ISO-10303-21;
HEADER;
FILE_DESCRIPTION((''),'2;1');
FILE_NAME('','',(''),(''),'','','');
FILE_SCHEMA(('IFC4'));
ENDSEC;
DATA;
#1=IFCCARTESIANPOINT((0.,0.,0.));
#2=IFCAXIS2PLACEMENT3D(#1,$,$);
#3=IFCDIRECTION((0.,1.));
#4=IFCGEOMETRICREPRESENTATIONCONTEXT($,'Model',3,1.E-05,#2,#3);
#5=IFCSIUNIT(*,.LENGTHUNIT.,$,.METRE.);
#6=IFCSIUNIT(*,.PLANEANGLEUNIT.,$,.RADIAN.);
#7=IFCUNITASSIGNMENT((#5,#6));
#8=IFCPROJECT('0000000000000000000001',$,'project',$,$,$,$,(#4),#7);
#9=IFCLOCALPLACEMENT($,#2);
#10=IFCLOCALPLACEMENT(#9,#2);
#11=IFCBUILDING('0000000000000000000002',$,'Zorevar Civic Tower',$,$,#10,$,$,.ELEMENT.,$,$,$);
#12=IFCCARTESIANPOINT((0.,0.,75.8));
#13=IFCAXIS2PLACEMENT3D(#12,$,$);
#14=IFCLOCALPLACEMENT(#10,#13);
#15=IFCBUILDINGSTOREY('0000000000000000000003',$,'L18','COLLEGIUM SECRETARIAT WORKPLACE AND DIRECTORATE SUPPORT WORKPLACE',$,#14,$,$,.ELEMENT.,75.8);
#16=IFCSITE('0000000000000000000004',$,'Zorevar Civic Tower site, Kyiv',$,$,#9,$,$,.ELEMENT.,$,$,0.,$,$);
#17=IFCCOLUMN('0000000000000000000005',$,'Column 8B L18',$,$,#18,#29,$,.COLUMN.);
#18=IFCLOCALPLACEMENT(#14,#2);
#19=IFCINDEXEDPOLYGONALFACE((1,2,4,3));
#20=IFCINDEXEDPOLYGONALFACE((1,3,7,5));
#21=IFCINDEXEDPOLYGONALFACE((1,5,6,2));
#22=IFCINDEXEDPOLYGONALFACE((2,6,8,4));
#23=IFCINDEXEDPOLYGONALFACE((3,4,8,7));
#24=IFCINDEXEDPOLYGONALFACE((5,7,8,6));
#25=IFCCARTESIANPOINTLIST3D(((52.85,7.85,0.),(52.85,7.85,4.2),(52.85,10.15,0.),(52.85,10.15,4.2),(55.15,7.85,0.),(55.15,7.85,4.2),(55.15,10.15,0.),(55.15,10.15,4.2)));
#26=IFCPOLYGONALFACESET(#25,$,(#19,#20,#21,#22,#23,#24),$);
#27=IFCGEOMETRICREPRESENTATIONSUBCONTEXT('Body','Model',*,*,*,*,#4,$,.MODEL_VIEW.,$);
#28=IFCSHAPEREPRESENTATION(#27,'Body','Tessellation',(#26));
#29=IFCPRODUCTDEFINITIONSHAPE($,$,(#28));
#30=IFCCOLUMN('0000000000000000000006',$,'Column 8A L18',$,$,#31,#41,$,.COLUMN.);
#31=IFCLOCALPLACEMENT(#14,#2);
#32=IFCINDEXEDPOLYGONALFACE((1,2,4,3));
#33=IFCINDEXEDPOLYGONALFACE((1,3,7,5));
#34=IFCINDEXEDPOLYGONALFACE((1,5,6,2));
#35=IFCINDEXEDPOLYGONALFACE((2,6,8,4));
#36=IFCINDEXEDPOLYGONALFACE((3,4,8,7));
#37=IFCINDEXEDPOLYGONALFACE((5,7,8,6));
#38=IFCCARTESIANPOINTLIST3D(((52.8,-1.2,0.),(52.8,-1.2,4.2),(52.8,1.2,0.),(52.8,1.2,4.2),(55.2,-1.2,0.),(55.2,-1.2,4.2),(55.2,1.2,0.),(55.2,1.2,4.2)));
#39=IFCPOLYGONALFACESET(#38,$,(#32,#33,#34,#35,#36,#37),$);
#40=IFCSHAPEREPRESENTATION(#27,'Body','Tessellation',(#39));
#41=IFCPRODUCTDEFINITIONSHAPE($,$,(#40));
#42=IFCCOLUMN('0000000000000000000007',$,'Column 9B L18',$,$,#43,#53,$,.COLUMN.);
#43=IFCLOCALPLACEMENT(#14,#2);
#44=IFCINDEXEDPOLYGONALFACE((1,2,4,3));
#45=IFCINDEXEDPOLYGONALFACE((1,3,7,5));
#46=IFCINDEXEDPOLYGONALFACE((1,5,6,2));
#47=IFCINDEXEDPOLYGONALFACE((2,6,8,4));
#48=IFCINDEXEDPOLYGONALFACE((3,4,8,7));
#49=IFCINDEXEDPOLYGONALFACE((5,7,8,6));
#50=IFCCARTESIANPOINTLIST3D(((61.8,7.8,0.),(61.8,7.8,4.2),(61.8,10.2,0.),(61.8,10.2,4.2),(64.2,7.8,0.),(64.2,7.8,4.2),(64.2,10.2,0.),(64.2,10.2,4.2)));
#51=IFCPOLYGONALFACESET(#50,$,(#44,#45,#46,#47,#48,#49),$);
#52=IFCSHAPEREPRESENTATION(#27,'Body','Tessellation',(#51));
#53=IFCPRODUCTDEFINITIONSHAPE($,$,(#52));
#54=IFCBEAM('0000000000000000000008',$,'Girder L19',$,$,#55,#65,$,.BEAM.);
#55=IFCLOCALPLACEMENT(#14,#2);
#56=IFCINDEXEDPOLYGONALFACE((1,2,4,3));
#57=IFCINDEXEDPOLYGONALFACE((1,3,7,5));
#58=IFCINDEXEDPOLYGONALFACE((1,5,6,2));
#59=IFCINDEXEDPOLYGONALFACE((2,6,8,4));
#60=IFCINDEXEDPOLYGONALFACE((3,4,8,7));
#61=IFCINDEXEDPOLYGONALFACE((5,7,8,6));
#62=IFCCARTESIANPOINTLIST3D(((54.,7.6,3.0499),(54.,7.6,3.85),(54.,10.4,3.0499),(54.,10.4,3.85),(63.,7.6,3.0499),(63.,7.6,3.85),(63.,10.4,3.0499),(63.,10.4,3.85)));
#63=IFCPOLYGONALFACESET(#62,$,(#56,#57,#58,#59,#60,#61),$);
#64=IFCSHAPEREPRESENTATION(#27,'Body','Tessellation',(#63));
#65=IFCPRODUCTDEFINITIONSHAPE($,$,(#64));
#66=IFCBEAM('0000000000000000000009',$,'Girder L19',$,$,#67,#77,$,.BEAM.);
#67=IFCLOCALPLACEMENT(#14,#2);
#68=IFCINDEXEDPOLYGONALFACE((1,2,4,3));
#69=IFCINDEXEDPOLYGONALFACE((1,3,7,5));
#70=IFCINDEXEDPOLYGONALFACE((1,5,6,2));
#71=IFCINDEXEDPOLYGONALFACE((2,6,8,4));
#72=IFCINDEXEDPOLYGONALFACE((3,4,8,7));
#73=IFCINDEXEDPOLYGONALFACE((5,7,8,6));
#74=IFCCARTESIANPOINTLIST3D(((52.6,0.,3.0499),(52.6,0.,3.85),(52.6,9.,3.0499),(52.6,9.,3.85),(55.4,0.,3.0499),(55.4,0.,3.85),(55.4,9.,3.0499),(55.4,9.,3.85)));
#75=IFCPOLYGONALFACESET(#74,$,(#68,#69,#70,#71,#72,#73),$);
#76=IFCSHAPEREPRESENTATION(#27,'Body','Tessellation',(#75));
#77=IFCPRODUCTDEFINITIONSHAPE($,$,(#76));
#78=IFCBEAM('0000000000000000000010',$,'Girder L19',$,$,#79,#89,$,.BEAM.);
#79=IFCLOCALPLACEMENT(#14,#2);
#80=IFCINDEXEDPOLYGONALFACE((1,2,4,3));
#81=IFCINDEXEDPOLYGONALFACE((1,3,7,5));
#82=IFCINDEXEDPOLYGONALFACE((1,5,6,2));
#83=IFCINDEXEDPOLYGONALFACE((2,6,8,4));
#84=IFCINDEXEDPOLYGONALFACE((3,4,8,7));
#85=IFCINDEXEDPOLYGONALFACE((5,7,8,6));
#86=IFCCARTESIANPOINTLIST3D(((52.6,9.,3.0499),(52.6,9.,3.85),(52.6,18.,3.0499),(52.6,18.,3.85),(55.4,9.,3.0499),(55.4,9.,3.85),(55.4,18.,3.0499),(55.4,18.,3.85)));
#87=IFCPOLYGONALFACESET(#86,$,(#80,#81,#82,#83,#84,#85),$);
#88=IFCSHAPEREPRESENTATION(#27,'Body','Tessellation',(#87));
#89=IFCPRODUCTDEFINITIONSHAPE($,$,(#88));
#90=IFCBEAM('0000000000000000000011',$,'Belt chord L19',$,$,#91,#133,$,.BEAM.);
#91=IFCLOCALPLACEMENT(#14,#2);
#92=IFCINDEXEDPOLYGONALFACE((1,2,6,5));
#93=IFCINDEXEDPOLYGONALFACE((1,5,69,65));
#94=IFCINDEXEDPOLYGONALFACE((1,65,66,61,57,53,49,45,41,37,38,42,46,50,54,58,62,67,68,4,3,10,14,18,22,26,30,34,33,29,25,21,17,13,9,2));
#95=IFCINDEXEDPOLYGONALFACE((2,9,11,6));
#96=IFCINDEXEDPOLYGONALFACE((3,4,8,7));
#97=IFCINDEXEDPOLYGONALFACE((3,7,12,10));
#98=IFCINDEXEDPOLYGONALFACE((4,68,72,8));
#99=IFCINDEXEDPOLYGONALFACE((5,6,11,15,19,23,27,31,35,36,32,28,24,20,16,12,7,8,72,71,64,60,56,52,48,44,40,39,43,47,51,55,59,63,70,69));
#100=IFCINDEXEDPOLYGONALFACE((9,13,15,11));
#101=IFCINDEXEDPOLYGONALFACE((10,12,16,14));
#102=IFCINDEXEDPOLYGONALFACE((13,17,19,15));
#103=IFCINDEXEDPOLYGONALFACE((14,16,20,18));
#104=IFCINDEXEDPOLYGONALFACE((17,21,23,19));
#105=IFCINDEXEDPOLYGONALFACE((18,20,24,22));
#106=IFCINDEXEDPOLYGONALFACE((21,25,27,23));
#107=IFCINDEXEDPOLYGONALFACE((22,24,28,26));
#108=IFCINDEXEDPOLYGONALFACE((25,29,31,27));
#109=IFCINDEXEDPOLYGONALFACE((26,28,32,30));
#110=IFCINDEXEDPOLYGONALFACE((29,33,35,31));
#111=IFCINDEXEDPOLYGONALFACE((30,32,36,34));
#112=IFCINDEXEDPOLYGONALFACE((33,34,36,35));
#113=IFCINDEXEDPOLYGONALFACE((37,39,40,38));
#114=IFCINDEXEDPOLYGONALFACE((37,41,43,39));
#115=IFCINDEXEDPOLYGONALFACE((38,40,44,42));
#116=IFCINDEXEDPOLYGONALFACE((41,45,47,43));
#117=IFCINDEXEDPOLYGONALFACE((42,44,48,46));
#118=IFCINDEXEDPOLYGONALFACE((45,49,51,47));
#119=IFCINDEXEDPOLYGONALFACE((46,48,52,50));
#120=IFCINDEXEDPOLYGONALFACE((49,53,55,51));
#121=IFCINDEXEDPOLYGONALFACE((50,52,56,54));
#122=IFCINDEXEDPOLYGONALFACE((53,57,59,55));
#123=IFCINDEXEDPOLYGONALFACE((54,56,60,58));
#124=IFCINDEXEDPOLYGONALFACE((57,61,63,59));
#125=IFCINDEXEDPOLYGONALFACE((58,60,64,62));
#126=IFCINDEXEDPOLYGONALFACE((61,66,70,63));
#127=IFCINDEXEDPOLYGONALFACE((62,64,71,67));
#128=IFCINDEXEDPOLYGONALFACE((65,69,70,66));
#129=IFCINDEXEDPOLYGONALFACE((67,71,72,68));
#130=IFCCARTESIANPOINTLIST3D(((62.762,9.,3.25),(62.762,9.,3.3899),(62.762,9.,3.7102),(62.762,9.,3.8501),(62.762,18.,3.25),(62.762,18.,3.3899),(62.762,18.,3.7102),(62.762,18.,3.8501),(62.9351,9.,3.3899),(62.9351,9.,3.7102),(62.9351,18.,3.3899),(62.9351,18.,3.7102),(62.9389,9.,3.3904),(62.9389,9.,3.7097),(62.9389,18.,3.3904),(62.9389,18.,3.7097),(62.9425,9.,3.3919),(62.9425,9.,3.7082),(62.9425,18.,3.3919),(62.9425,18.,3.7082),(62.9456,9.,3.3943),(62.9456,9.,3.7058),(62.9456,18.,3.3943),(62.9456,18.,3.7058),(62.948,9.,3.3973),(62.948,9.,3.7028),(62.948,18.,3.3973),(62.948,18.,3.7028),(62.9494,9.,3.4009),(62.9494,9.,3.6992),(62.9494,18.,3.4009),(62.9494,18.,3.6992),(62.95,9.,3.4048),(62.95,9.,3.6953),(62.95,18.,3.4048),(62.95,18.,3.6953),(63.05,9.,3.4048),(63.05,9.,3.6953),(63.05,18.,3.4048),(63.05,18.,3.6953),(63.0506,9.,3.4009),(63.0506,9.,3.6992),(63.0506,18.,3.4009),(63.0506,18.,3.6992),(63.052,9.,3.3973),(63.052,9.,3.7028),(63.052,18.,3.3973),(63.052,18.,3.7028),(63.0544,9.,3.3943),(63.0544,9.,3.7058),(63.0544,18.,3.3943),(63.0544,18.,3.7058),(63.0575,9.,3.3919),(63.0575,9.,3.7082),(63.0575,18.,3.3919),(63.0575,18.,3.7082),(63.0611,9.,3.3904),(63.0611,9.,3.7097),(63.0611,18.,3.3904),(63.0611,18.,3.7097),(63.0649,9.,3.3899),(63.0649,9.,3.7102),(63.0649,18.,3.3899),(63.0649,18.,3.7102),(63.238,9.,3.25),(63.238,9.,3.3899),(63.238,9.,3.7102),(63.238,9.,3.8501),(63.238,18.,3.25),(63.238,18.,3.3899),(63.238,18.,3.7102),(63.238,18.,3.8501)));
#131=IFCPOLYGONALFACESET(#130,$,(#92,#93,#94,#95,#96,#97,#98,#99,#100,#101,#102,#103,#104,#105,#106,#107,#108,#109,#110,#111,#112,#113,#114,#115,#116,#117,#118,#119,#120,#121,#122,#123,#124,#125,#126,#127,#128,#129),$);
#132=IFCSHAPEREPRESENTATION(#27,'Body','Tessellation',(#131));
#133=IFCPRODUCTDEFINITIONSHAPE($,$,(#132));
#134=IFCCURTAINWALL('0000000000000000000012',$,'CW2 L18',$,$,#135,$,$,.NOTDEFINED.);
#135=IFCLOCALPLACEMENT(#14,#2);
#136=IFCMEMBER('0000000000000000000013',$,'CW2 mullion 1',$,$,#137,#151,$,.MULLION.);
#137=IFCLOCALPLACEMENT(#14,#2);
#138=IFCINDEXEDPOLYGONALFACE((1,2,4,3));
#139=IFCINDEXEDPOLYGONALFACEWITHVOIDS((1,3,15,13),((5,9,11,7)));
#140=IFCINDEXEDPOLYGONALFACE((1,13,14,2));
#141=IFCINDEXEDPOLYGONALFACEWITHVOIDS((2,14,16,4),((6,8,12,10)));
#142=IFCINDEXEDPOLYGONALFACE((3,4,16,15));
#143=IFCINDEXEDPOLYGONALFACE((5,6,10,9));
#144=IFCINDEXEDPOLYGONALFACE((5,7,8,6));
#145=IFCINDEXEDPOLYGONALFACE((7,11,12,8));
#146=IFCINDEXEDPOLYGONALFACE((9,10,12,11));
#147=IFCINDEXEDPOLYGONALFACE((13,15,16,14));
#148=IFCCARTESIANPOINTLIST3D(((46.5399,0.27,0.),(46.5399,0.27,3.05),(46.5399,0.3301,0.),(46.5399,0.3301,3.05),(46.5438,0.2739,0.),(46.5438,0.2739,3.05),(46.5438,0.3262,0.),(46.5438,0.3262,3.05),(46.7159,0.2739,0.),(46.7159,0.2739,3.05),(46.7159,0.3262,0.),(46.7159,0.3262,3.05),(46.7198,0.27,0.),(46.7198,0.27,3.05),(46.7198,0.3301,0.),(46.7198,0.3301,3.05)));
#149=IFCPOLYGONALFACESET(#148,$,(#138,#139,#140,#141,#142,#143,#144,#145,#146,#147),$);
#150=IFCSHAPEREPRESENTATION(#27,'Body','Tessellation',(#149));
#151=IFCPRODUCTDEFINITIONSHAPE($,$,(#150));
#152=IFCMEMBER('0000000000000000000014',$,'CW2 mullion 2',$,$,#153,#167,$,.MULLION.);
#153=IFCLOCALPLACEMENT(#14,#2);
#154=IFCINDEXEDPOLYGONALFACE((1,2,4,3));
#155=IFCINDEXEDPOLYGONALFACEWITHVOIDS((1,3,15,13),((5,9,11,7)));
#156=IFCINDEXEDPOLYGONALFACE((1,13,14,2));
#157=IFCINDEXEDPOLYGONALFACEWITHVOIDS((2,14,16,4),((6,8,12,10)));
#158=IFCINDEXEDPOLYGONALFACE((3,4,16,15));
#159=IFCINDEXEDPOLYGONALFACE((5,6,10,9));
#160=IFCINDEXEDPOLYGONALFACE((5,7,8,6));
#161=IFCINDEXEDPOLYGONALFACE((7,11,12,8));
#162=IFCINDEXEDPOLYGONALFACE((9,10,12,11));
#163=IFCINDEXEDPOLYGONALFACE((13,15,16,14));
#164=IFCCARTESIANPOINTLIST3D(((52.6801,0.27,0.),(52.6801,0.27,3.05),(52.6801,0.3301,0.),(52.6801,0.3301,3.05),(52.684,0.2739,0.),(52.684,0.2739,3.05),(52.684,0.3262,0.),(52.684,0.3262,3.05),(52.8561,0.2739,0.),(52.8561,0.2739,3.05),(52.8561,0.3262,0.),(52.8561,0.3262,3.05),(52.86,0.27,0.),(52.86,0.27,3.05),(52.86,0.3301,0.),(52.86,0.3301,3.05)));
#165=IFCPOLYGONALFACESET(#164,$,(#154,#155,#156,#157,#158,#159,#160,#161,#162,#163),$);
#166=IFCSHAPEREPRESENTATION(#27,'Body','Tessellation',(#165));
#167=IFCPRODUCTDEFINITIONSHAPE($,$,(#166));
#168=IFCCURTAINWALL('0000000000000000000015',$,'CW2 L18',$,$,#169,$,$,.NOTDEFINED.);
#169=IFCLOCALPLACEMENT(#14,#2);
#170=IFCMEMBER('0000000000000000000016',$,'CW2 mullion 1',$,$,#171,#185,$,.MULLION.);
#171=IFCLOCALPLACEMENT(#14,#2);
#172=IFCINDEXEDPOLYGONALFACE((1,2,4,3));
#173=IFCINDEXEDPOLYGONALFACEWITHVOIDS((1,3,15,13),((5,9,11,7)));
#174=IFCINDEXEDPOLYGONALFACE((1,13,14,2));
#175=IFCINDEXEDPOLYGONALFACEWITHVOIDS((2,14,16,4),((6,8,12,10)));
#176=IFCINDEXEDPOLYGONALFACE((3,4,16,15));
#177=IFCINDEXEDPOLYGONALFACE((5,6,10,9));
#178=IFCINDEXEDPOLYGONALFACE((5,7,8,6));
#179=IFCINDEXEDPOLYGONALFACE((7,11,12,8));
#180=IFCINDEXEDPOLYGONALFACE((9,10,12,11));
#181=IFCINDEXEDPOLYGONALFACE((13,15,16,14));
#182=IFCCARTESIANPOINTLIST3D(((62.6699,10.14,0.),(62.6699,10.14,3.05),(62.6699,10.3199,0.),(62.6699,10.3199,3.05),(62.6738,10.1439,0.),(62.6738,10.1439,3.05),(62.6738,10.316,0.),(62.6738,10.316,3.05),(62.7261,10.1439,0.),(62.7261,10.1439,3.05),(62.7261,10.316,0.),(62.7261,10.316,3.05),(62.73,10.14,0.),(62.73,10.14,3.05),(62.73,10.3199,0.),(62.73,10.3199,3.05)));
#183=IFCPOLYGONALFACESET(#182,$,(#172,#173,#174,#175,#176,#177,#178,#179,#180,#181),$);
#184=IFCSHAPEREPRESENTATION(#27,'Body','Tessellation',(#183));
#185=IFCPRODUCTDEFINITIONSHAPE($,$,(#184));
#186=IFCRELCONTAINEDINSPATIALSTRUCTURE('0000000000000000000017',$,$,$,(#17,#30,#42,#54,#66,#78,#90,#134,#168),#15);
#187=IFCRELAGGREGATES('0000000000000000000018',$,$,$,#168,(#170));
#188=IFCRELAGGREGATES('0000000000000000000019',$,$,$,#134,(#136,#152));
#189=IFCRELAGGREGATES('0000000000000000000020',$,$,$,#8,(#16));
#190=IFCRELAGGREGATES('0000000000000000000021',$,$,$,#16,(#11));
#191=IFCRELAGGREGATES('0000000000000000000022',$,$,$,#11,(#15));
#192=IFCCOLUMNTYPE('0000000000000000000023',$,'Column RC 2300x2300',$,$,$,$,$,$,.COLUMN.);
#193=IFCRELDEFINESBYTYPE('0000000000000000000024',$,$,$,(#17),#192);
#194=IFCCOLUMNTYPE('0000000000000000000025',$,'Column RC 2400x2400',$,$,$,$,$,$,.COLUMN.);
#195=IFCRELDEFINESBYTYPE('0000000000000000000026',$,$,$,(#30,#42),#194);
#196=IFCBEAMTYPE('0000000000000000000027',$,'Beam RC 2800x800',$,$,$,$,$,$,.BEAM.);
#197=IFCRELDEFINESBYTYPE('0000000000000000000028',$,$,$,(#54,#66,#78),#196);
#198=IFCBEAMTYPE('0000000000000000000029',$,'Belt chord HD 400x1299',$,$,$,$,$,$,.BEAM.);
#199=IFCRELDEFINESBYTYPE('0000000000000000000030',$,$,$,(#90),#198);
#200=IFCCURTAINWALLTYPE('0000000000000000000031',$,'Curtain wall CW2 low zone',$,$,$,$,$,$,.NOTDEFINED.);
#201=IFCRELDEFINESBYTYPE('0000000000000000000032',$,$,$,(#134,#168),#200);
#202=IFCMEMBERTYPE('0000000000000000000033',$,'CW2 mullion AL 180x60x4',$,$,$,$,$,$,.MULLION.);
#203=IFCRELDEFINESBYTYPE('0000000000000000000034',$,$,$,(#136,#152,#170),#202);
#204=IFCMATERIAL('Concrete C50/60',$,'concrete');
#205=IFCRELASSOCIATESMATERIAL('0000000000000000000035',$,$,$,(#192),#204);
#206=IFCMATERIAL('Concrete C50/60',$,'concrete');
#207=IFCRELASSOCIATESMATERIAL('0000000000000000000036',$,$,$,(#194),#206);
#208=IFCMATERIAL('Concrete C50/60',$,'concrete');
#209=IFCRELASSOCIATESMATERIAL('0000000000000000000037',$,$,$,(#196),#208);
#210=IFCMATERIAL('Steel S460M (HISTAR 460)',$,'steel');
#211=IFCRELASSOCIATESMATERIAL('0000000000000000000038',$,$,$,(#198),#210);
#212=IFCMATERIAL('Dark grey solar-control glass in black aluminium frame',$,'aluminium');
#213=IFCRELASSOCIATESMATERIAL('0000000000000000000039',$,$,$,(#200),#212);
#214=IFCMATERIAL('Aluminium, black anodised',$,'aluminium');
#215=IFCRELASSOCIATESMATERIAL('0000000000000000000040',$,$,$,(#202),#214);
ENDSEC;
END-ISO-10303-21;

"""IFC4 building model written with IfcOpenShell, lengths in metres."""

from ifc_helpers import new_model, si_unit, direction, frame, origin, origin_2d, place, context, subcontext, project, spatial, rectangle, hollow_rectangle, i_section, extrude, material, material_profile, profile_set, type_object, element, aggregate, save


model = new_model("IFC4")

# Units and contexts
model_context = context("Model", 3, precision=1e-05, world=origin(), true_north=direction((0.0, 1.0)))
body_context = subcontext(model_context, "Body", "Model", "MODEL_VIEW")
ifc_project = project(units=[si_unit("LENGTHUNIT", "METRE"), si_unit("PLANEANGLEUNIT", "RADIAN")], contexts=[model_context])

# Site, building, storey
site_placement = place(None, origin())
site = spatial("IfcSite", under=ifc_project, at=site_placement, Name="Zorevar Civic Tower site, Kyiv", CompositionType="ELEMENT", RefElevation=0.0)
building_placement = place(site_placement, origin())
building = spatial("IfcBuilding", under=site, at=building_placement, Name="Zorevar Civic Tower", CompositionType="ELEMENT")
storey_placement = place(building_placement, frame((0.0, 0.0, 75.8)))
storey = spatial("IfcBuildingStorey", under=building, at=storey_placement, Name="L18", Description="COLLEGIUM SECRETARIAT WORKPLACE AND DIRECTORATE SUPPORT WORKPLACE", CompositionType="ELEMENT", Elevation=75.8)

# Columns
ifc_material_1 = material(Name="Concrete C50/60", Category="concrete")
ifc_material_profile_1 = material_profile(ifc_material_1, rectangle(XDim=2.3, YDim=2.3, at=origin_2d()), Name="RC 2300x2300")
ifc_profile_set_1 = profile_set([ifc_material_profile_1], Name="Concrete C50/60")
column_type_1 = type_object("IfcColumnType", Name="Column RC 2300x2300", PredefinedType="COLUMN", material=ifc_profile_set_1)
column_placement = place(storey_placement, frame((54.0, 9.0, 0.0), z_axis=(0.0, 0.0, 1.0), x_axis=(1.0, 0.0, 0.0)))
element("IfcColumn", 1, at=column_placement, inside=storey, type_object=column_type_1, Name="Column 8B L18", PredefinedType="COLUMN", context=body_context, shape_type="SweptSolid", body=[
    extrude(rectangle(XDim=2.3, YDim=2.3, at=origin_2d()), origin(), (0.0, 0.0, 1.0), 4.2),
])
ifc_material_2 = material(Name="Concrete C50/60", Category="concrete")
ifc_material_profile_2 = material_profile(ifc_material_2, rectangle(XDim=2.3999, YDim=2.3999, at=origin_2d()), Name="RC 2400x2400")
ifc_profile_set_2 = profile_set([ifc_material_profile_2], Name="Concrete C50/60")
column_type_2 = type_object("IfcColumnType", Name="Column RC 2400x2400", PredefinedType="COLUMN", material=ifc_profile_set_2)
for number, where, z_axis, x_axis, name in (
    (2, (54.0, 0.0, 0.0), (0.0, 0.0, 1.0), (1.0, 0.0, 0.0), "Column 8A L18"),
    (3, (63.0, 9.0, 0.0), (0.0, 0.0, 1.0), (1.0, 0.0, 0.0), "Column 9B L18"),
):
    element("IfcColumn", number, at=place(storey_placement, frame(where, z_axis=z_axis, x_axis=x_axis)), inside=storey, type_object=column_type_2, Name=name, PredefinedType="COLUMN", context=body_context, shape_type="SweptSolid", body=[
        extrude(rectangle(XDim=2.3999, YDim=2.3999, at=origin_2d()), origin(), (0.0, 0.0, 1.0), 4.2),
    ])

# Beams
ifc_material_3 = material(Name="Concrete C50/60", Category="concrete")
ifc_material_profile_3 = material_profile(ifc_material_3, rectangle(XDim=2.8, YDim=0.8, at=origin_2d()), Name="RC 2800x800")
ifc_profile_set_3 = profile_set([ifc_material_profile_3], Name="Concrete C50/60")
beam_type_1 = type_object("IfcBeamType", Name="Beam RC 2800x800", PredefinedType="BEAM", material=ifc_profile_set_3)
for number, where, z_axis, x_axis, name in (
    (4, (54.0, 9.0, 3.45), (1.0, 0.0, 0.0), (0.0, 1.0, 0.0), "Girder L19"),
    (5, (54.0, 0.0, 3.45), (0.0, 1.0, 0.0), (-1.0, 0.0, 0.0), "Girder L19"),
    (6, (54.0, 9.0, 3.45), (0.0, 1.0, 0.0), (-1.0, 0.0, 0.0), "Girder L19"),
):
    element("IfcBeam", number, at=place(storey_placement, frame(where, z_axis=z_axis, x_axis=x_axis)), inside=storey, type_object=beam_type_1, Name=name, PredefinedType="BEAM", context=body_context, shape_type="SweptSolid", body=[
        extrude(rectangle(XDim=2.8, YDim=0.8, at=origin_2d()), origin(), (0.0, 0.0, 1.0), 9.0),
    ])
ifc_material_4 = material(Name="Steel S460M (HISTAR 460)", Category="steel")
ifc_material_profile_4 = material_profile(ifc_material_4, i_section(OverallWidth=0.4761, OverallDepth=0.6001, WebThickness=0.1001, FlangeThickness=0.1399, FilletRadius=0.0149, at=origin_2d()), Name="HD 400x1299")
ifc_profile_set_4 = profile_set([ifc_material_profile_4], Name="Steel S460M (HISTAR 460)")
beam_type_2 = type_object("IfcBeamType", Name="Belt chord HD 400x1299", PredefinedType="BEAM", material=ifc_profile_set_4)
beam_1_placement = place(storey_placement, frame((63.0, 9.0, 3.55), z_axis=(0.0, 1.0, 0.0), x_axis=(-1.0, 0.0, 0.0)))
element("IfcBeam", 7, at=beam_1_placement, inside=storey, type_object=beam_type_2, Name="Belt chord L19", PredefinedType="BEAM", context=body_context, shape_type="SweptSolid", body=[
    extrude(i_section(OverallWidth=0.4761, OverallDepth=0.6001, WebThickness=0.1001, FlangeThickness=0.1399, FilletRadius=0.0149, at=origin_2d()), origin(), (0.0, 0.0, 1.0), 9.0),
])

# Curtain wall, members
ifc_material_5 = material(Name="Dark grey solar-control glass in black aluminium frame", Category="aluminium")
curtain_wall_type = type_object("IfcCurtainWallType", Name="Curtain wall CW2 low zone", PredefinedType="NOTDEFINED", material=ifc_material_5)
curtain_wall_1_placement = place(storey_placement, origin())
curtain_wall_1 = element("IfcCurtainWall", 8, at=curtain_wall_1_placement, inside=storey, type_object=curtain_wall_type, Name="CW2 L18", PredefinedType="NOTDEFINED")
ifc_material_6 = material(Name="Aluminium, black anodised", Category="aluminium")
ifc_material_profile_5 = material_profile(ifc_material_6, hollow_rectangle(XDim=0.0601, YDim=0.1799, WallThickness=0.0039, at=origin_2d()), Name="AL 180x60x4")
ifc_profile_set_5 = profile_set([ifc_material_profile_5], Name="Aluminium, black anodised")
member_type_1 = type_object("IfcMemberType", Name="CW2 mullion AL 180x60x4", PredefinedType="MULLION", material=ifc_profile_set_5)
member_1_placement = place(storey_placement, frame((46.6299, 0.3, 0.0), z_axis=(0.0, 0.0, 1.0), x_axis=(0.0, 1.0, 0.0)))
member_1 = element("IfcMember", 9, at=member_1_placement, type_object=member_type_1, Name="CW2 mullion 1", PredefinedType="MULLION", context=body_context, shape_type="SweptSolid", body=[
    extrude(hollow_rectangle(XDim=0.0601, YDim=0.1799, WallThickness=0.0039, at=origin_2d()), origin(), (0.0, 0.0, 1.0), 3.05),
])
member_2_placement = place(storey_placement, frame((52.77, 0.3, 0.0), z_axis=(0.0, 0.0, 1.0), x_axis=(0.0, 1.0, 0.0)))
member_2 = element("IfcMember", 10, at=member_2_placement, type_object=member_type_1, Name="CW2 mullion 2", PredefinedType="MULLION", context=body_context, shape_type="SweptSolid", body=[
    extrude(hollow_rectangle(XDim=0.0601, YDim=0.1799, WallThickness=0.0039, at=origin_2d()), origin(), (0.0, 0.0, 1.0), 3.05),
])

# Curtain wall, member
curtain_wall_2_placement = place(storey_placement, origin())
curtain_wall_2 = element("IfcCurtainWall", 11, at=curtain_wall_2_placement, inside=storey, type_object=curtain_wall_type, Name="CW2 L18", PredefinedType="NOTDEFINED")
member_3_placement = place(storey_placement, frame((62.7, 10.23, 0.0), z_axis=(0.0, 0.0, 1.0), x_axis=(-1.0, 0.0, 0.0)))
member_3 = element("IfcMember", 12, at=member_3_placement, type_object=member_type_1, Name="CW2 mullion 1", PredefinedType="MULLION", context=body_context, shape_type="SweptSolid", body=[
    extrude(hollow_rectangle(XDim=0.0601, YDim=0.1799, WallThickness=0.0039, at=origin_2d()), origin(), (0.0, 0.0, 1.0), 3.05),
])
aggregate(curtain_wall_2, [member_3])

aggregate(curtain_wall_1, [member_1, member_2])

save(model, "model.ifc")
